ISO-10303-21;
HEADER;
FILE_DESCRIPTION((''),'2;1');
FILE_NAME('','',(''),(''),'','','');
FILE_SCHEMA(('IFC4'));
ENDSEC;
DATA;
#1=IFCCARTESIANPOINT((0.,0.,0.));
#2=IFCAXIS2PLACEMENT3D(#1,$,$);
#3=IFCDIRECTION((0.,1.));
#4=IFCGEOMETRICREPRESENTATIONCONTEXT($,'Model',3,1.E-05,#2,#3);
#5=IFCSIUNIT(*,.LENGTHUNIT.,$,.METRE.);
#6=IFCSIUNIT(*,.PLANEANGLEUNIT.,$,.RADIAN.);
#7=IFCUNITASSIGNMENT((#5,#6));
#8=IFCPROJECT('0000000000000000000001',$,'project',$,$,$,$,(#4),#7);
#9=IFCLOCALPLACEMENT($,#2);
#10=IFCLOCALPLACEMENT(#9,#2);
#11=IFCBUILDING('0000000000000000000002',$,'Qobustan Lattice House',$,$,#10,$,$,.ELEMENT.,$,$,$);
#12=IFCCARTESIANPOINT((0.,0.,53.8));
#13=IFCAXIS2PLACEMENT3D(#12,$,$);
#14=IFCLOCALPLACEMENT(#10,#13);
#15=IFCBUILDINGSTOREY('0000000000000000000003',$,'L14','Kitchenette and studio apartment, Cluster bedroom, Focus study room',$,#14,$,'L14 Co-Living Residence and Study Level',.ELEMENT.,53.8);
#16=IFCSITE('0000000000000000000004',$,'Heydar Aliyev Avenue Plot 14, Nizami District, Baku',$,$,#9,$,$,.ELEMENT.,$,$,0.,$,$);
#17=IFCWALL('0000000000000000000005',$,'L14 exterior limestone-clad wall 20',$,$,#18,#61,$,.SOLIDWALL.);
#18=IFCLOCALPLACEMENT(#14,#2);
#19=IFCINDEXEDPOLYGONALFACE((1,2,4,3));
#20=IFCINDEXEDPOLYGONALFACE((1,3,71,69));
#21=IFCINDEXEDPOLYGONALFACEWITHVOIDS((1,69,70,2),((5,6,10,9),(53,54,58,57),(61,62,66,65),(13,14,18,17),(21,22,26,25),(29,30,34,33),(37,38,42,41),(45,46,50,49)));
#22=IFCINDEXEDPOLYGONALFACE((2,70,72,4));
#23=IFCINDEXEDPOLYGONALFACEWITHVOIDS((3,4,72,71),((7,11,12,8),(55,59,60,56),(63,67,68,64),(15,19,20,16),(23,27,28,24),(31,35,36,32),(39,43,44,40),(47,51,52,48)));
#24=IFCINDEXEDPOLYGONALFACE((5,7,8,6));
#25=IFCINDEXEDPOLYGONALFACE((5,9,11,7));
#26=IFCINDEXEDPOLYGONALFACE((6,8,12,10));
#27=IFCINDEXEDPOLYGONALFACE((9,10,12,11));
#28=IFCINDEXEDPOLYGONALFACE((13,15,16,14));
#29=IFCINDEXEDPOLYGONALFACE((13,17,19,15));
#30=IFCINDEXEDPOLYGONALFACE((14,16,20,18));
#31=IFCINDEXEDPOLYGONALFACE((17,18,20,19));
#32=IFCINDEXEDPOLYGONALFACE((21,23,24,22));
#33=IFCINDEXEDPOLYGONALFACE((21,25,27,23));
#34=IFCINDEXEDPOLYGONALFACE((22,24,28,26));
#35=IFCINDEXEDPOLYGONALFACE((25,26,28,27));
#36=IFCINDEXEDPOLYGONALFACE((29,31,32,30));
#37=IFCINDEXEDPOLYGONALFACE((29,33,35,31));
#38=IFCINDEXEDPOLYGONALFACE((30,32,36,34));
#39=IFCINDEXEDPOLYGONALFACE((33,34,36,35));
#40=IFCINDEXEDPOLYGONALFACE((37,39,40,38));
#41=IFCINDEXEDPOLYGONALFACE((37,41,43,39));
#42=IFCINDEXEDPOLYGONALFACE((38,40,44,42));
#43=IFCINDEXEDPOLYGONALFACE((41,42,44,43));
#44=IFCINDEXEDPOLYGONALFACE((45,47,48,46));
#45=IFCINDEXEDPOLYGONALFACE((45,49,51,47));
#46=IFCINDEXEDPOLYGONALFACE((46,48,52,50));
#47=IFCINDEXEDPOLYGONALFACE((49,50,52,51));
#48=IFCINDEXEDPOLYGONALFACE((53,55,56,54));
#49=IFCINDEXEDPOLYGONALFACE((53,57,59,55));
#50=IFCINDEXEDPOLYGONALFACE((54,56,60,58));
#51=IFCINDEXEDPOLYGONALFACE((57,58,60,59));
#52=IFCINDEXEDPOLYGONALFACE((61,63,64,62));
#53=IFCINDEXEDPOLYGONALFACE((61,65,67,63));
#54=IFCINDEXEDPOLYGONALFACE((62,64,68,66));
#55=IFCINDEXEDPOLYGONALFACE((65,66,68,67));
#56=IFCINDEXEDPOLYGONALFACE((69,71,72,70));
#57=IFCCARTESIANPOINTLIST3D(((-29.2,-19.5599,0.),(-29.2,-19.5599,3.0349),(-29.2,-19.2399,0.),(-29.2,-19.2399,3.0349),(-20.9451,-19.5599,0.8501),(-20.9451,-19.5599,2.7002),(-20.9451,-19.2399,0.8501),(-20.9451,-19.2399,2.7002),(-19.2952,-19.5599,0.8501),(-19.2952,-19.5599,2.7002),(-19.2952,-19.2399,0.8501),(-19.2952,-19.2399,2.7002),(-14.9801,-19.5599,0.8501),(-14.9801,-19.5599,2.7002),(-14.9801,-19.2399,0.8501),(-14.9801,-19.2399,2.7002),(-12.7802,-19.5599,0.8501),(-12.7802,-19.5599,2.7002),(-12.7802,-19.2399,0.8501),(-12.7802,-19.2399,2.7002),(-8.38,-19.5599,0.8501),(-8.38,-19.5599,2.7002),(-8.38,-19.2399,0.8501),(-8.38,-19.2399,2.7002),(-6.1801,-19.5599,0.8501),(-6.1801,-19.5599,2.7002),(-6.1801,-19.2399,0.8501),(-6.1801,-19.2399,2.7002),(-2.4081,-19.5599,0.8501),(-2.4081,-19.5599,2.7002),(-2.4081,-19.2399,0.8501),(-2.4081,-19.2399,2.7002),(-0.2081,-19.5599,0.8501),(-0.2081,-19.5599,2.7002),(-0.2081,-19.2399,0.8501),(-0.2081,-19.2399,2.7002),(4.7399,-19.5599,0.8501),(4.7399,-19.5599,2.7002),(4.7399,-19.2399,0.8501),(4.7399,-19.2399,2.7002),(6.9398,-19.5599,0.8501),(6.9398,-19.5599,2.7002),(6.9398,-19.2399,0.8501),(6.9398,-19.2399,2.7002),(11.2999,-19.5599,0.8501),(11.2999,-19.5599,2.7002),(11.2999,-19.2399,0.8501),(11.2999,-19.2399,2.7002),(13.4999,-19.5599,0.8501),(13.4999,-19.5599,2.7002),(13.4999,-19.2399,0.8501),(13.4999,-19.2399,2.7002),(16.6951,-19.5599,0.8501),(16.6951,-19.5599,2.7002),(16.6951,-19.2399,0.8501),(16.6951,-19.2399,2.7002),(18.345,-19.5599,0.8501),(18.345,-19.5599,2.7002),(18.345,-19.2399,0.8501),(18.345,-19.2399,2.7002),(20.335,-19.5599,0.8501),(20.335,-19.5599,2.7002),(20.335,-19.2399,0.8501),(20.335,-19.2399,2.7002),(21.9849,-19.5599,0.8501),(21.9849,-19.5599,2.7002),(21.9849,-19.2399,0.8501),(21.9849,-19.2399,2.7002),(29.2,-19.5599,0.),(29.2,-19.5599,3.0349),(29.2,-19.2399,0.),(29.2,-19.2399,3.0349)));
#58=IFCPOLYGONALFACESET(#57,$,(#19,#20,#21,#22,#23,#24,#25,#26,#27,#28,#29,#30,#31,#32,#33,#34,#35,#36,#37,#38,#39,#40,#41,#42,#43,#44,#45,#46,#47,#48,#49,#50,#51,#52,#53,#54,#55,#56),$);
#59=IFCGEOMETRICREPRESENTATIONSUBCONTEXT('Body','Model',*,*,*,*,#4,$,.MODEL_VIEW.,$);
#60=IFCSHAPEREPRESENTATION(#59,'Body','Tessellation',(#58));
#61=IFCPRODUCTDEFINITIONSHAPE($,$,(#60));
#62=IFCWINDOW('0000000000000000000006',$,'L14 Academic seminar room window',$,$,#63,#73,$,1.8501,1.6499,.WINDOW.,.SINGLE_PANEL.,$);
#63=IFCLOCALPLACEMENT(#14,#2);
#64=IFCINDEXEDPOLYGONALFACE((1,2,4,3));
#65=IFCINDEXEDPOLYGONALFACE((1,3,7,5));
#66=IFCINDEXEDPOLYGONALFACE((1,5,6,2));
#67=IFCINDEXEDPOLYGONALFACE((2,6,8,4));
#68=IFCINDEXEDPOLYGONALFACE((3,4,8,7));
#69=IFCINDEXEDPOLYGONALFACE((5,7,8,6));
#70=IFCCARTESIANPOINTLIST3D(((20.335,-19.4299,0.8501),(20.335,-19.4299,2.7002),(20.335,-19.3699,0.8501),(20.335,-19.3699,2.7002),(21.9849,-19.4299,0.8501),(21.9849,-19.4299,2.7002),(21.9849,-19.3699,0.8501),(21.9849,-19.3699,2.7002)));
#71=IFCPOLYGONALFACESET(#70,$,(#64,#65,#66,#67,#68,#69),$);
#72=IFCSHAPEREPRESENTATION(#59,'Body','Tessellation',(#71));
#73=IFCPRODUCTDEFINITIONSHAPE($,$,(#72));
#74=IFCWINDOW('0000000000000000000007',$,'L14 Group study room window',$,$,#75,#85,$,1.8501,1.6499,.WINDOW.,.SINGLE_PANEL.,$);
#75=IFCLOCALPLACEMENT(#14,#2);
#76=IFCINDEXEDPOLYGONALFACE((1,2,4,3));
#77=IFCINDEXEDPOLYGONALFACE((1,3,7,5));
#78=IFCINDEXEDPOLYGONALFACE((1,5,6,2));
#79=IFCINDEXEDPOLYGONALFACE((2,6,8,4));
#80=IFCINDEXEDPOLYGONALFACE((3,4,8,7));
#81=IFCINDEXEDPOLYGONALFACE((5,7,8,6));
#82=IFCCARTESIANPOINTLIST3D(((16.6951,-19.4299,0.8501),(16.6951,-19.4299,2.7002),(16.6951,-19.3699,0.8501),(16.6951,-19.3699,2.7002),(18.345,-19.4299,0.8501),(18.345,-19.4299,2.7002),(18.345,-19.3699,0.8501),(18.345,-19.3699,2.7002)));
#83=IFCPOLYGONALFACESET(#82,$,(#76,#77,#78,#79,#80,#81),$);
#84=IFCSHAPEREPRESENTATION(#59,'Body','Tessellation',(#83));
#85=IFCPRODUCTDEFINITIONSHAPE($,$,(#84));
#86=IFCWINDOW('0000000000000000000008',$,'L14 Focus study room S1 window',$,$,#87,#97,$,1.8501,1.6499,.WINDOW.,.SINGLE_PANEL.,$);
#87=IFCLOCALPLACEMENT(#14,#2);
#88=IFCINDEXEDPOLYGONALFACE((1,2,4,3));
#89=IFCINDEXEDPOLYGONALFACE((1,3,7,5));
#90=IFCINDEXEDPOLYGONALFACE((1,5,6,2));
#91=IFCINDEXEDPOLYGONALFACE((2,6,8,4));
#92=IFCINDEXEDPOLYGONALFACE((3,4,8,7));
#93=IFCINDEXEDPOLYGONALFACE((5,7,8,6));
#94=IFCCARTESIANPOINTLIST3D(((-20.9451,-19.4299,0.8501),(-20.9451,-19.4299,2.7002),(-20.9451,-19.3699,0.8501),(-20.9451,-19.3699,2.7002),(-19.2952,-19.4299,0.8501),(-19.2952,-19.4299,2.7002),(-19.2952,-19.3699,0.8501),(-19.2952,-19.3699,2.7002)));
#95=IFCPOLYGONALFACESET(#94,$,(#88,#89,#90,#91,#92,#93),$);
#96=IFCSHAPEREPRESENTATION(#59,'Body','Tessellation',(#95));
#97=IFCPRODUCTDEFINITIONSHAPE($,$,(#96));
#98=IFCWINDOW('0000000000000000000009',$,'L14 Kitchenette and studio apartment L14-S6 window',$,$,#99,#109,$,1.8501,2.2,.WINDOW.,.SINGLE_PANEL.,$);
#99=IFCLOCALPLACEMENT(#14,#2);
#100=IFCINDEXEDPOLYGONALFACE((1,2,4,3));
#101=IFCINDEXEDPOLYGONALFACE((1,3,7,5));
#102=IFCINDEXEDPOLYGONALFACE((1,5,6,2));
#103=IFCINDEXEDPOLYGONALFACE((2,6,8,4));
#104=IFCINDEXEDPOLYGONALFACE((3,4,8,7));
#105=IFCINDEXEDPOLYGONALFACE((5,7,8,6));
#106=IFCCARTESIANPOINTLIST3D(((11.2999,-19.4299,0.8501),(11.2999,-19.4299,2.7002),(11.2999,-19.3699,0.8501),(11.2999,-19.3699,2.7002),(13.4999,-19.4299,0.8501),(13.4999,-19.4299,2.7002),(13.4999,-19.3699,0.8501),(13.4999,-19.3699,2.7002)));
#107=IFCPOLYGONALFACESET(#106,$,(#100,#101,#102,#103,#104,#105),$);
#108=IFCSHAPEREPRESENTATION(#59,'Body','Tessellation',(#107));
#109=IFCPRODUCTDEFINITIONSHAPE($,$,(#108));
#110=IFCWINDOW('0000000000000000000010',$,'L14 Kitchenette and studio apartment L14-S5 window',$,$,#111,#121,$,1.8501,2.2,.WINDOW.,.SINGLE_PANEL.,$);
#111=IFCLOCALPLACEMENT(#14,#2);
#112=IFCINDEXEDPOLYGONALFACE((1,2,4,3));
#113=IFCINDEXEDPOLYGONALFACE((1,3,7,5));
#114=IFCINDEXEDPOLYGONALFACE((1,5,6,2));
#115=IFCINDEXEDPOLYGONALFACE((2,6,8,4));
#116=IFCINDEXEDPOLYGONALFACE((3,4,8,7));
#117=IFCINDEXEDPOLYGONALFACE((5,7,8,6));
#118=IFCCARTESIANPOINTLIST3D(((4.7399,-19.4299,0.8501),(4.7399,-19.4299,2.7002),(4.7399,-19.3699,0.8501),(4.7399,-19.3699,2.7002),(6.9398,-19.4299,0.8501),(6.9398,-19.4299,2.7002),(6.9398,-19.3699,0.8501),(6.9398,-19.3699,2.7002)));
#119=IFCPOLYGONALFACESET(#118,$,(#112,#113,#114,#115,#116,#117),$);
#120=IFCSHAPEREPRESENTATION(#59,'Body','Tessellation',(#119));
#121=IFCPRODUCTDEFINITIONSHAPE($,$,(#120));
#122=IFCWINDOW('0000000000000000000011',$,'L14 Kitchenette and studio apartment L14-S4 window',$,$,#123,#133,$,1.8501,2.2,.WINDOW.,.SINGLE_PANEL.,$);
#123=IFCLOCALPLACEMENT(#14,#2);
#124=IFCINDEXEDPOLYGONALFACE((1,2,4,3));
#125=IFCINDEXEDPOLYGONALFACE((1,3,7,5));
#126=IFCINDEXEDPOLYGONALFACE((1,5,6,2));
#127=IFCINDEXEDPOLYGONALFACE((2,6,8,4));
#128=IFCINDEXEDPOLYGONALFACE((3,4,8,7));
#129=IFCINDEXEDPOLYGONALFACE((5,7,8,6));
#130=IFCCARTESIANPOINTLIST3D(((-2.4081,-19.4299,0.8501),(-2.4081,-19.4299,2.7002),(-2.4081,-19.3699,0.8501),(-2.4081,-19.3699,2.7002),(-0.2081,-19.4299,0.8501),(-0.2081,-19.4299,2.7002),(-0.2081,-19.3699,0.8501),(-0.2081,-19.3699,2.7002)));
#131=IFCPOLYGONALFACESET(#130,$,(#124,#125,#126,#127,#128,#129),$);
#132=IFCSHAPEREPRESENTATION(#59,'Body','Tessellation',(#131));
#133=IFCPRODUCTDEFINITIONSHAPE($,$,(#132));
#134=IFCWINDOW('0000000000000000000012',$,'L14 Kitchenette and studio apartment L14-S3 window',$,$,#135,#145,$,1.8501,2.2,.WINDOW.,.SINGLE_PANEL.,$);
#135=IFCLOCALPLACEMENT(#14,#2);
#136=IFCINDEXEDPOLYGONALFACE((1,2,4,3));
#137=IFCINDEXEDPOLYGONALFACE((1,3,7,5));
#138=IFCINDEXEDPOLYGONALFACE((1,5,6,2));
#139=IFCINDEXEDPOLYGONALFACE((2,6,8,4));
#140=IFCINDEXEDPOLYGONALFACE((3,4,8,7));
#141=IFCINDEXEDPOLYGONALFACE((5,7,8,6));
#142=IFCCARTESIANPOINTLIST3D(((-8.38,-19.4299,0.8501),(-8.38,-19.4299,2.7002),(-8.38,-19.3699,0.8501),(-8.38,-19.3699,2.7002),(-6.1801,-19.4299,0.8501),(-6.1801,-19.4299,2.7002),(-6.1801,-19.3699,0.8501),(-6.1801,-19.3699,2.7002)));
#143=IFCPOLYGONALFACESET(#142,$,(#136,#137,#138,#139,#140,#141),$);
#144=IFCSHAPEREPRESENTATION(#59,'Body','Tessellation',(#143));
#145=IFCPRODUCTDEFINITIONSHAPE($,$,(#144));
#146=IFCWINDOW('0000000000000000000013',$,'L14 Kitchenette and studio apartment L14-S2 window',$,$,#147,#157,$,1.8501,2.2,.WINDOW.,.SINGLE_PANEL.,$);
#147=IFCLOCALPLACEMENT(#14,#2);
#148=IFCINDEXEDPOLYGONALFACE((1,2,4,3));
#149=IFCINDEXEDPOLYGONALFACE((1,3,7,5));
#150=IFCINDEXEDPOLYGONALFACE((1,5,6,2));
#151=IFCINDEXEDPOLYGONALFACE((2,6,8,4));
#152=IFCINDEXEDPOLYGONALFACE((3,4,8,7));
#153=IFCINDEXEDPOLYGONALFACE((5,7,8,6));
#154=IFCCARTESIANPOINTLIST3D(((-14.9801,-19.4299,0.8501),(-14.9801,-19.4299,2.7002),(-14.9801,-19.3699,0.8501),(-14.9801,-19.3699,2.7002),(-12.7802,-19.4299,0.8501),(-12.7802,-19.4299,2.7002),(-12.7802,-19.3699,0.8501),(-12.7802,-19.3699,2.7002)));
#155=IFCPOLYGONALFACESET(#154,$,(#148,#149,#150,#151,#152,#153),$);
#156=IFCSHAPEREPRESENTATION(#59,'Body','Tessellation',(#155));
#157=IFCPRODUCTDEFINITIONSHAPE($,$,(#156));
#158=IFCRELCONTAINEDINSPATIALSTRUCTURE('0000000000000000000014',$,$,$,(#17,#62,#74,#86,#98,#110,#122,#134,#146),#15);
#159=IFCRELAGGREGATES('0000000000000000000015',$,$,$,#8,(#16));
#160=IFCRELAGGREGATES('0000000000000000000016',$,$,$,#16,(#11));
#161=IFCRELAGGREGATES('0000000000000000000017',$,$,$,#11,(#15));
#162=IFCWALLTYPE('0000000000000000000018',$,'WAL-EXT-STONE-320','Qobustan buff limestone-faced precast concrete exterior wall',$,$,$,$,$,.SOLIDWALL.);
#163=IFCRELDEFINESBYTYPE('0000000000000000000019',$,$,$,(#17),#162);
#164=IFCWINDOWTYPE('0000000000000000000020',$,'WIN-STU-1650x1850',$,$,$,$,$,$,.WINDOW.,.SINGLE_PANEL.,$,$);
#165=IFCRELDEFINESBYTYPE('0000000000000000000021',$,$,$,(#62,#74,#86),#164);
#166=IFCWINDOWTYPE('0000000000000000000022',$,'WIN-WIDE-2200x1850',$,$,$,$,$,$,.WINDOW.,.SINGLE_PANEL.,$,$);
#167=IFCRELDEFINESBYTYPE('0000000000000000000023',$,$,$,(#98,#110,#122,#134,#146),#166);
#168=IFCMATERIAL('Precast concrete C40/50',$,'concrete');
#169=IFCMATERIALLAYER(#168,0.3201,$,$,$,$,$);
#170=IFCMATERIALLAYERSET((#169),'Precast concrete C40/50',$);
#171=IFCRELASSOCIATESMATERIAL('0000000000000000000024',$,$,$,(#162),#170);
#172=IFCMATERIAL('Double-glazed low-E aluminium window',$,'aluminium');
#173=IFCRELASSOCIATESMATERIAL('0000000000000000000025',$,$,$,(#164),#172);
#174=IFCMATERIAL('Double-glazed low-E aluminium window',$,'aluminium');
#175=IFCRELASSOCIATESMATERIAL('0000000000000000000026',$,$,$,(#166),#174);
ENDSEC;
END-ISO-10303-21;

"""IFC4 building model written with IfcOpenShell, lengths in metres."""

from ifc_helpers import new_model, si_unit, direction, frame, frame_2d, origin, place, context, subcontext, project, spatial, rectangle, extrude, material, layer, layer_set, type_object, element, fill, save


model = new_model("IFC4")

# Units and contexts
model_context = context("Model", 3, precision=1e-05, world=origin(), true_north=direction((0.0, 1.0)))
body_context = subcontext(model_context, "Body", "Model", "MODEL_VIEW")
ifc_project = project(units=[si_unit("LENGTHUNIT", "METRE"), si_unit("PLANEANGLEUNIT", "RADIAN")], contexts=[model_context])

# Site, building, storey
site_placement = place(None, origin())
site = spatial("IfcSite", under=ifc_project, at=site_placement, Name="Heydar Aliyev Avenue Plot 14, Nizami District, Baku", CompositionType="ELEMENT", RefElevation=0.0)
building_placement = place(site_placement, origin())
building = spatial("IfcBuilding", under=site, at=building_placement, Name="Qobustan Lattice House", CompositionType="ELEMENT")
storey_placement = place(building_placement, frame((0.0, 0.0, 53.8)))
storey = spatial("IfcBuildingStorey", under=building, at=storey_placement, Name="L14", Description="Kitchenette and studio apartment, Cluster bedroom, Focus study room", LongName="L14 Co-Living Residence and Study Level", CompositionType="ELEMENT", Elevation=53.8)

# Shared definitions
ifc_material_1 = material(Name="Precast concrete C40/50", Category="concrete")
ifc_layer_1 = layer(ifc_material_1, 0.3201)
ifc_layer_set_1 = layer_set([ifc_layer_1], Name="Precast concrete C40/50")
wall_type = type_object("IfcWallType", Name="WAL-EXT-STONE-320", Description="Qobustan buff limestone-faced precast concrete exterior wall", PredefinedType="SOLIDWALL", material=ifc_layer_set_1)

# Wall, openings, windows
wall_1_placement = place(storey_placement, frame((29.2, -19.3999, 0.0), z_axis=(0.0, 0.0, 1.0), x_axis=(-1.0, 0.0, 0.0)))
wall_1 = element("IfcWall", 1, at=wall_1_placement, inside=storey, type_object=wall_type, Name="L14 exterior limestone-clad wall 20", PredefinedType="SOLIDWALL", context=body_context, shape_type="SweptSolid", body=[
    extrude(rectangle(XDim=58.3999, YDim=0.3201, at=frame_2d((29.2, 0.0))), origin(), (0.0, 0.0, 1.0), 3.0349),
])
opening_1_placement = place(wall_1_placement, frame((7.2151, 0.0, 0.8501)))
opening_1 = element("IfcOpeningElement", 2, at=opening_1_placement, cuts=wall_1, PredefinedType="OPENING", context=body_context, shape_type="SweptSolid", body=[
    extrude(rectangle(XDim=1.6499, YDim=1.8501, at=frame_2d((0.825, 0.925))), frame((0.0, 0.1699, 0.0), z_axis=(0.0, -1.0, 0.0), x_axis=(1.0, 0.0, 0.0)), (0.0, 0.0, 1.0), 0.3401),
])
opening_2_placement = place(wall_1_placement, frame((10.855, 0.0, 0.8501)))
opening_2 = element("IfcOpeningElement", 3, at=opening_2_placement, cuts=wall_1, PredefinedType="OPENING", context=body_context, shape_type="SweptSolid", body=[
    extrude(rectangle(XDim=1.6499, YDim=1.8501, at=frame_2d((0.825, 0.925))), frame((0.0, 0.1699, 0.0), z_axis=(0.0, -1.0, 0.0), x_axis=(1.0, 0.0, 0.0)), (0.0, 0.0, 1.0), 0.3401),
])
opening_3_placement = place(wall_1_placement, frame((15.7, 0.0, 0.8501)))
opening_3 = element("IfcOpeningElement", 4, at=opening_3_placement, cuts=wall_1, PredefinedType="OPENING", context=body_context, shape_type="SweptSolid", body=[
    extrude(rectangle(XDim=2.2, YDim=1.8501, at=frame_2d((1.1001, 0.925))), frame((0.0, 0.1699, 0.0), z_axis=(0.0, -1.0, 0.0), x_axis=(1.0, 0.0, 0.0)), (0.0, 0.0, 1.0), 0.3401),
])
opening_4_placement = place(wall_1_placement, frame((22.26, 0.0, 0.8501)))
opening_4 = element("IfcOpeningElement", 5, at=opening_4_placement, cuts=wall_1, PredefinedType="OPENING", context=body_context, shape_type="SweptSolid", body=[
    extrude(rectangle(XDim=2.2, YDim=1.8501, at=frame_2d((1.1001, 0.925))), frame((0.0, 0.1699, 0.0), z_axis=(0.0, -1.0, 0.0), x_axis=(1.0, 0.0, 0.0)), (0.0, 0.0, 1.0), 0.3401),
])
opening_5_placement = place(wall_1_placement, frame((29.408, 0.0, 0.8501)))
opening_5 = element("IfcOpeningElement", 6, at=opening_5_placement, cuts=wall_1, PredefinedType="OPENING", context=body_context, shape_type="SweptSolid", body=[
    extrude(rectangle(XDim=2.2, YDim=1.8501, at=frame_2d((1.1001, 0.925))), frame((0.0, 0.1699, 0.0), z_axis=(0.0, -1.0, 0.0), x_axis=(1.0, 0.0, 0.0)), (0.0, 0.0, 1.0), 0.3401),
])
opening_6_placement = place(wall_1_placement, frame((35.3799, 0.0, 0.8501)))
opening_6 = element("IfcOpeningElement", 7, at=opening_6_placement, cuts=wall_1, PredefinedType="OPENING", context=body_context, shape_type="SweptSolid", body=[
    extrude(rectangle(XDim=2.2, YDim=1.8501, at=frame_2d((1.1001, 0.925))), frame((0.0, 0.1699, 0.0), z_axis=(0.0, -1.0, 0.0), x_axis=(1.0, 0.0, 0.0)), (0.0, 0.0, 1.0), 0.3401),
])
opening_7_placement = place(wall_1_placement, frame((41.98, 0.0, 0.8501)))
opening_7 = element("IfcOpeningElement", 8, at=opening_7_placement, cuts=wall_1, PredefinedType="OPENING", context=body_context, shape_type="SweptSolid", body=[
    extrude(rectangle(XDim=2.2, YDim=1.8501, at=frame_2d((1.1001, 0.925))), frame((0.0, 0.1699, 0.0), z_axis=(0.0, -1.0, 0.0), x_axis=(1.0, 0.0, 0.0)), (0.0, 0.0, 1.0), 0.3401),
])
opening_8_placement = place(wall_1_placement, frame((48.4951, 0.0, 0.8501)))
opening_8 = element("IfcOpeningElement", 9, at=opening_8_placement, cuts=wall_1, PredefinedType="OPENING", context=body_context, shape_type="SweptSolid", body=[
    extrude(rectangle(XDim=1.6499, YDim=1.8501, at=frame_2d((0.825, 0.925))), frame((0.0, 0.1699, 0.0), z_axis=(0.0, -1.0, 0.0), x_axis=(1.0, 0.0, 0.0)), (0.0, 0.0, 1.0), 0.3401),
])
ifc_material_2 = material(Name="Double-glazed low-E aluminium window", Category="aluminium")
window_type_1 = type_object("IfcWindowType", Name="WIN-STU-1650x1850", PartitioningType="SINGLE_PANEL", PredefinedType="WINDOW", material=ifc_material_2)
window_1_placement = place(opening_1_placement, origin())
window_1 = element("IfcWindow", 10, at=window_1_placement, inside=storey, type_object=window_type_1, Name="L14 Academic seminar room window", OverallHeight=1.8501, OverallWidth=1.6499, PartitioningType="SINGLE_PANEL", PredefinedType="WINDOW", context=body_context, shape_type="SweptSolid", body=[
    extrude(rectangle(XDim=1.6499, YDim=1.8501, at=frame_2d((0.825, 0.925))), frame((0.0, 0.03, 0.0), z_axis=(0.0, -1.0, 0.0), x_axis=(1.0, 0.0, 0.0)), (0.0, 0.0, 1.0), 0.0601),
])
fill(opening_1, window_1)
window_2_placement = place(opening_2_placement, origin())
window_2 = element("IfcWindow", 11, at=window_2_placement, inside=storey, type_object=window_type_1, Name="L14 Group study room window", OverallHeight=1.8501, OverallWidth=1.6499, PartitioningType="SINGLE_PANEL", PredefinedType="WINDOW", context=body_context, shape_type="SweptSolid", body=[
    extrude(rectangle(XDim=1.6499, YDim=1.8501, at=frame_2d((0.825, 0.925))), frame((0.0, 0.03, 0.0), z_axis=(0.0, -1.0, 0.0), x_axis=(1.0, 0.0, 0.0)), (0.0, 0.0, 1.0), 0.0601),
])
fill(opening_2, window_2)
window_3_placement = place(opening_8_placement, origin())
window_3 = element("IfcWindow", 12, at=window_3_placement, inside=storey, type_object=window_type_1, Name="L14 Focus study room S1 window", OverallHeight=1.8501, OverallWidth=1.6499, PartitioningType="SINGLE_PANEL", PredefinedType="WINDOW", context=body_context, shape_type="SweptSolid", body=[
    extrude(rectangle(XDim=1.6499, YDim=1.8501, at=frame_2d((0.825, 0.925))), frame((0.0, 0.03, 0.0), z_axis=(0.0, -1.0, 0.0), x_axis=(1.0, 0.0, 0.0)), (0.0, 0.0, 1.0), 0.0601),
])
fill(opening_8, window_3)
ifc_material_3 = material(Name="Double-glazed low-E aluminium window", Category="aluminium")
window_type_2 = type_object("IfcWindowType", Name="WIN-WIDE-2200x1850", PartitioningType="SINGLE_PANEL", PredefinedType="WINDOW", material=ifc_material_3)
window_4_placement = place(opening_3_placement, origin())
window_4 = element("IfcWindow", 13, at=window_4_placement, inside=storey, type_object=window_type_2, Name="L14 Kitchenette and studio apartment L14-S6 window", OverallHeight=1.8501, OverallWidth=2.2, PartitioningType="SINGLE_PANEL", PredefinedType="WINDOW", context=body_context, shape_type="SweptSolid", body=[
    extrude(rectangle(XDim=2.2, YDim=1.8501, at=frame_2d((1.1001, 0.925))), frame((0.0, 0.03, 0.0), z_axis=(0.0, -1.0, 0.0), x_axis=(1.0, 0.0, 0.0)), (0.0, 0.0, 1.0), 0.0601),
])
fill(opening_3, window_4)
window_5_placement = place(opening_4_placement, origin())
window_5 = element("IfcWindow", 14, at=window_5_placement, inside=storey, type_object=window_type_2, Name="L14 Kitchenette and studio apartment L14-S5 window", OverallHeight=1.8501, OverallWidth=2.2, PartitioningType="SINGLE_PANEL", PredefinedType="WINDOW", context=body_context, shape_type="SweptSolid", body=[
    extrude(rectangle(XDim=2.2, YDim=1.8501, at=frame_2d((1.1001, 0.925))), frame((0.0, 0.03, 0.0), z_axis=(0.0, -1.0, 0.0), x_axis=(1.0, 0.0, 0.0)), (0.0, 0.0, 1.0), 0.0601),
])
fill(opening_4, window_5)
window_6_placement = place(opening_5_placement, origin())
window_6 = element("IfcWindow", 15, at=window_6_placement, inside=storey, type_object=window_type_2, Name="L14 Kitchenette and studio apartment L14-S4 window", OverallHeight=1.8501, OverallWidth=2.2, PartitioningType="SINGLE_PANEL", PredefinedType="WINDOW", context=body_context, shape_type="SweptSolid", body=[
    extrude(rectangle(XDim=2.2, YDim=1.8501, at=frame_2d((1.1001, 0.925))), frame((0.0, 0.03, 0.0), z_axis=(0.0, -1.0, 0.0), x_axis=(1.0, 0.0, 0.0)), (0.0, 0.0, 1.0), 0.0601),
])
fill(opening_5, window_6)
window_7_placement = place(opening_6_placement, origin())
window_7 = element("IfcWindow", 16, at=window_7_placement, inside=storey, type_object=window_type_2, Name="L14 Kitchenette and studio apartment L14-S3 window", OverallHeight=1.8501, OverallWidth=2.2, PartitioningType="SINGLE_PANEL", PredefinedType="WINDOW", context=body_context, shape_type="SweptSolid", body=[
    extrude(rectangle(XDim=2.2, YDim=1.8501, at=frame_2d((1.1001, 0.925))), frame((0.0, 0.03, 0.0), z_axis=(0.0, -1.0, 0.0), x_axis=(1.0, 0.0, 0.0)), (0.0, 0.0, 1.0), 0.0601),
])
fill(opening_6, window_7)
window_8_placement = place(opening_7_placement, origin())
window_8 = element("IfcWindow", 17, at=window_8_placement, inside=storey, type_object=window_type_2, Name="L14 Kitchenette and studio apartment L14-S2 window", OverallHeight=1.8501, OverallWidth=2.2, PartitioningType="SINGLE_PANEL", PredefinedType="WINDOW", context=body_context, shape_type="SweptSolid", body=[
    extrude(rectangle(XDim=2.2, YDim=1.8501, at=frame_2d((1.1001, 0.925))), frame((0.0, 0.03, 0.0), z_axis=(0.0, -1.0, 0.0), x_axis=(1.0, 0.0, 0.0)), (0.0, 0.0, 1.0), 0.0601),
])
fill(opening_7, window_8)

save(model, "model.ifc")
